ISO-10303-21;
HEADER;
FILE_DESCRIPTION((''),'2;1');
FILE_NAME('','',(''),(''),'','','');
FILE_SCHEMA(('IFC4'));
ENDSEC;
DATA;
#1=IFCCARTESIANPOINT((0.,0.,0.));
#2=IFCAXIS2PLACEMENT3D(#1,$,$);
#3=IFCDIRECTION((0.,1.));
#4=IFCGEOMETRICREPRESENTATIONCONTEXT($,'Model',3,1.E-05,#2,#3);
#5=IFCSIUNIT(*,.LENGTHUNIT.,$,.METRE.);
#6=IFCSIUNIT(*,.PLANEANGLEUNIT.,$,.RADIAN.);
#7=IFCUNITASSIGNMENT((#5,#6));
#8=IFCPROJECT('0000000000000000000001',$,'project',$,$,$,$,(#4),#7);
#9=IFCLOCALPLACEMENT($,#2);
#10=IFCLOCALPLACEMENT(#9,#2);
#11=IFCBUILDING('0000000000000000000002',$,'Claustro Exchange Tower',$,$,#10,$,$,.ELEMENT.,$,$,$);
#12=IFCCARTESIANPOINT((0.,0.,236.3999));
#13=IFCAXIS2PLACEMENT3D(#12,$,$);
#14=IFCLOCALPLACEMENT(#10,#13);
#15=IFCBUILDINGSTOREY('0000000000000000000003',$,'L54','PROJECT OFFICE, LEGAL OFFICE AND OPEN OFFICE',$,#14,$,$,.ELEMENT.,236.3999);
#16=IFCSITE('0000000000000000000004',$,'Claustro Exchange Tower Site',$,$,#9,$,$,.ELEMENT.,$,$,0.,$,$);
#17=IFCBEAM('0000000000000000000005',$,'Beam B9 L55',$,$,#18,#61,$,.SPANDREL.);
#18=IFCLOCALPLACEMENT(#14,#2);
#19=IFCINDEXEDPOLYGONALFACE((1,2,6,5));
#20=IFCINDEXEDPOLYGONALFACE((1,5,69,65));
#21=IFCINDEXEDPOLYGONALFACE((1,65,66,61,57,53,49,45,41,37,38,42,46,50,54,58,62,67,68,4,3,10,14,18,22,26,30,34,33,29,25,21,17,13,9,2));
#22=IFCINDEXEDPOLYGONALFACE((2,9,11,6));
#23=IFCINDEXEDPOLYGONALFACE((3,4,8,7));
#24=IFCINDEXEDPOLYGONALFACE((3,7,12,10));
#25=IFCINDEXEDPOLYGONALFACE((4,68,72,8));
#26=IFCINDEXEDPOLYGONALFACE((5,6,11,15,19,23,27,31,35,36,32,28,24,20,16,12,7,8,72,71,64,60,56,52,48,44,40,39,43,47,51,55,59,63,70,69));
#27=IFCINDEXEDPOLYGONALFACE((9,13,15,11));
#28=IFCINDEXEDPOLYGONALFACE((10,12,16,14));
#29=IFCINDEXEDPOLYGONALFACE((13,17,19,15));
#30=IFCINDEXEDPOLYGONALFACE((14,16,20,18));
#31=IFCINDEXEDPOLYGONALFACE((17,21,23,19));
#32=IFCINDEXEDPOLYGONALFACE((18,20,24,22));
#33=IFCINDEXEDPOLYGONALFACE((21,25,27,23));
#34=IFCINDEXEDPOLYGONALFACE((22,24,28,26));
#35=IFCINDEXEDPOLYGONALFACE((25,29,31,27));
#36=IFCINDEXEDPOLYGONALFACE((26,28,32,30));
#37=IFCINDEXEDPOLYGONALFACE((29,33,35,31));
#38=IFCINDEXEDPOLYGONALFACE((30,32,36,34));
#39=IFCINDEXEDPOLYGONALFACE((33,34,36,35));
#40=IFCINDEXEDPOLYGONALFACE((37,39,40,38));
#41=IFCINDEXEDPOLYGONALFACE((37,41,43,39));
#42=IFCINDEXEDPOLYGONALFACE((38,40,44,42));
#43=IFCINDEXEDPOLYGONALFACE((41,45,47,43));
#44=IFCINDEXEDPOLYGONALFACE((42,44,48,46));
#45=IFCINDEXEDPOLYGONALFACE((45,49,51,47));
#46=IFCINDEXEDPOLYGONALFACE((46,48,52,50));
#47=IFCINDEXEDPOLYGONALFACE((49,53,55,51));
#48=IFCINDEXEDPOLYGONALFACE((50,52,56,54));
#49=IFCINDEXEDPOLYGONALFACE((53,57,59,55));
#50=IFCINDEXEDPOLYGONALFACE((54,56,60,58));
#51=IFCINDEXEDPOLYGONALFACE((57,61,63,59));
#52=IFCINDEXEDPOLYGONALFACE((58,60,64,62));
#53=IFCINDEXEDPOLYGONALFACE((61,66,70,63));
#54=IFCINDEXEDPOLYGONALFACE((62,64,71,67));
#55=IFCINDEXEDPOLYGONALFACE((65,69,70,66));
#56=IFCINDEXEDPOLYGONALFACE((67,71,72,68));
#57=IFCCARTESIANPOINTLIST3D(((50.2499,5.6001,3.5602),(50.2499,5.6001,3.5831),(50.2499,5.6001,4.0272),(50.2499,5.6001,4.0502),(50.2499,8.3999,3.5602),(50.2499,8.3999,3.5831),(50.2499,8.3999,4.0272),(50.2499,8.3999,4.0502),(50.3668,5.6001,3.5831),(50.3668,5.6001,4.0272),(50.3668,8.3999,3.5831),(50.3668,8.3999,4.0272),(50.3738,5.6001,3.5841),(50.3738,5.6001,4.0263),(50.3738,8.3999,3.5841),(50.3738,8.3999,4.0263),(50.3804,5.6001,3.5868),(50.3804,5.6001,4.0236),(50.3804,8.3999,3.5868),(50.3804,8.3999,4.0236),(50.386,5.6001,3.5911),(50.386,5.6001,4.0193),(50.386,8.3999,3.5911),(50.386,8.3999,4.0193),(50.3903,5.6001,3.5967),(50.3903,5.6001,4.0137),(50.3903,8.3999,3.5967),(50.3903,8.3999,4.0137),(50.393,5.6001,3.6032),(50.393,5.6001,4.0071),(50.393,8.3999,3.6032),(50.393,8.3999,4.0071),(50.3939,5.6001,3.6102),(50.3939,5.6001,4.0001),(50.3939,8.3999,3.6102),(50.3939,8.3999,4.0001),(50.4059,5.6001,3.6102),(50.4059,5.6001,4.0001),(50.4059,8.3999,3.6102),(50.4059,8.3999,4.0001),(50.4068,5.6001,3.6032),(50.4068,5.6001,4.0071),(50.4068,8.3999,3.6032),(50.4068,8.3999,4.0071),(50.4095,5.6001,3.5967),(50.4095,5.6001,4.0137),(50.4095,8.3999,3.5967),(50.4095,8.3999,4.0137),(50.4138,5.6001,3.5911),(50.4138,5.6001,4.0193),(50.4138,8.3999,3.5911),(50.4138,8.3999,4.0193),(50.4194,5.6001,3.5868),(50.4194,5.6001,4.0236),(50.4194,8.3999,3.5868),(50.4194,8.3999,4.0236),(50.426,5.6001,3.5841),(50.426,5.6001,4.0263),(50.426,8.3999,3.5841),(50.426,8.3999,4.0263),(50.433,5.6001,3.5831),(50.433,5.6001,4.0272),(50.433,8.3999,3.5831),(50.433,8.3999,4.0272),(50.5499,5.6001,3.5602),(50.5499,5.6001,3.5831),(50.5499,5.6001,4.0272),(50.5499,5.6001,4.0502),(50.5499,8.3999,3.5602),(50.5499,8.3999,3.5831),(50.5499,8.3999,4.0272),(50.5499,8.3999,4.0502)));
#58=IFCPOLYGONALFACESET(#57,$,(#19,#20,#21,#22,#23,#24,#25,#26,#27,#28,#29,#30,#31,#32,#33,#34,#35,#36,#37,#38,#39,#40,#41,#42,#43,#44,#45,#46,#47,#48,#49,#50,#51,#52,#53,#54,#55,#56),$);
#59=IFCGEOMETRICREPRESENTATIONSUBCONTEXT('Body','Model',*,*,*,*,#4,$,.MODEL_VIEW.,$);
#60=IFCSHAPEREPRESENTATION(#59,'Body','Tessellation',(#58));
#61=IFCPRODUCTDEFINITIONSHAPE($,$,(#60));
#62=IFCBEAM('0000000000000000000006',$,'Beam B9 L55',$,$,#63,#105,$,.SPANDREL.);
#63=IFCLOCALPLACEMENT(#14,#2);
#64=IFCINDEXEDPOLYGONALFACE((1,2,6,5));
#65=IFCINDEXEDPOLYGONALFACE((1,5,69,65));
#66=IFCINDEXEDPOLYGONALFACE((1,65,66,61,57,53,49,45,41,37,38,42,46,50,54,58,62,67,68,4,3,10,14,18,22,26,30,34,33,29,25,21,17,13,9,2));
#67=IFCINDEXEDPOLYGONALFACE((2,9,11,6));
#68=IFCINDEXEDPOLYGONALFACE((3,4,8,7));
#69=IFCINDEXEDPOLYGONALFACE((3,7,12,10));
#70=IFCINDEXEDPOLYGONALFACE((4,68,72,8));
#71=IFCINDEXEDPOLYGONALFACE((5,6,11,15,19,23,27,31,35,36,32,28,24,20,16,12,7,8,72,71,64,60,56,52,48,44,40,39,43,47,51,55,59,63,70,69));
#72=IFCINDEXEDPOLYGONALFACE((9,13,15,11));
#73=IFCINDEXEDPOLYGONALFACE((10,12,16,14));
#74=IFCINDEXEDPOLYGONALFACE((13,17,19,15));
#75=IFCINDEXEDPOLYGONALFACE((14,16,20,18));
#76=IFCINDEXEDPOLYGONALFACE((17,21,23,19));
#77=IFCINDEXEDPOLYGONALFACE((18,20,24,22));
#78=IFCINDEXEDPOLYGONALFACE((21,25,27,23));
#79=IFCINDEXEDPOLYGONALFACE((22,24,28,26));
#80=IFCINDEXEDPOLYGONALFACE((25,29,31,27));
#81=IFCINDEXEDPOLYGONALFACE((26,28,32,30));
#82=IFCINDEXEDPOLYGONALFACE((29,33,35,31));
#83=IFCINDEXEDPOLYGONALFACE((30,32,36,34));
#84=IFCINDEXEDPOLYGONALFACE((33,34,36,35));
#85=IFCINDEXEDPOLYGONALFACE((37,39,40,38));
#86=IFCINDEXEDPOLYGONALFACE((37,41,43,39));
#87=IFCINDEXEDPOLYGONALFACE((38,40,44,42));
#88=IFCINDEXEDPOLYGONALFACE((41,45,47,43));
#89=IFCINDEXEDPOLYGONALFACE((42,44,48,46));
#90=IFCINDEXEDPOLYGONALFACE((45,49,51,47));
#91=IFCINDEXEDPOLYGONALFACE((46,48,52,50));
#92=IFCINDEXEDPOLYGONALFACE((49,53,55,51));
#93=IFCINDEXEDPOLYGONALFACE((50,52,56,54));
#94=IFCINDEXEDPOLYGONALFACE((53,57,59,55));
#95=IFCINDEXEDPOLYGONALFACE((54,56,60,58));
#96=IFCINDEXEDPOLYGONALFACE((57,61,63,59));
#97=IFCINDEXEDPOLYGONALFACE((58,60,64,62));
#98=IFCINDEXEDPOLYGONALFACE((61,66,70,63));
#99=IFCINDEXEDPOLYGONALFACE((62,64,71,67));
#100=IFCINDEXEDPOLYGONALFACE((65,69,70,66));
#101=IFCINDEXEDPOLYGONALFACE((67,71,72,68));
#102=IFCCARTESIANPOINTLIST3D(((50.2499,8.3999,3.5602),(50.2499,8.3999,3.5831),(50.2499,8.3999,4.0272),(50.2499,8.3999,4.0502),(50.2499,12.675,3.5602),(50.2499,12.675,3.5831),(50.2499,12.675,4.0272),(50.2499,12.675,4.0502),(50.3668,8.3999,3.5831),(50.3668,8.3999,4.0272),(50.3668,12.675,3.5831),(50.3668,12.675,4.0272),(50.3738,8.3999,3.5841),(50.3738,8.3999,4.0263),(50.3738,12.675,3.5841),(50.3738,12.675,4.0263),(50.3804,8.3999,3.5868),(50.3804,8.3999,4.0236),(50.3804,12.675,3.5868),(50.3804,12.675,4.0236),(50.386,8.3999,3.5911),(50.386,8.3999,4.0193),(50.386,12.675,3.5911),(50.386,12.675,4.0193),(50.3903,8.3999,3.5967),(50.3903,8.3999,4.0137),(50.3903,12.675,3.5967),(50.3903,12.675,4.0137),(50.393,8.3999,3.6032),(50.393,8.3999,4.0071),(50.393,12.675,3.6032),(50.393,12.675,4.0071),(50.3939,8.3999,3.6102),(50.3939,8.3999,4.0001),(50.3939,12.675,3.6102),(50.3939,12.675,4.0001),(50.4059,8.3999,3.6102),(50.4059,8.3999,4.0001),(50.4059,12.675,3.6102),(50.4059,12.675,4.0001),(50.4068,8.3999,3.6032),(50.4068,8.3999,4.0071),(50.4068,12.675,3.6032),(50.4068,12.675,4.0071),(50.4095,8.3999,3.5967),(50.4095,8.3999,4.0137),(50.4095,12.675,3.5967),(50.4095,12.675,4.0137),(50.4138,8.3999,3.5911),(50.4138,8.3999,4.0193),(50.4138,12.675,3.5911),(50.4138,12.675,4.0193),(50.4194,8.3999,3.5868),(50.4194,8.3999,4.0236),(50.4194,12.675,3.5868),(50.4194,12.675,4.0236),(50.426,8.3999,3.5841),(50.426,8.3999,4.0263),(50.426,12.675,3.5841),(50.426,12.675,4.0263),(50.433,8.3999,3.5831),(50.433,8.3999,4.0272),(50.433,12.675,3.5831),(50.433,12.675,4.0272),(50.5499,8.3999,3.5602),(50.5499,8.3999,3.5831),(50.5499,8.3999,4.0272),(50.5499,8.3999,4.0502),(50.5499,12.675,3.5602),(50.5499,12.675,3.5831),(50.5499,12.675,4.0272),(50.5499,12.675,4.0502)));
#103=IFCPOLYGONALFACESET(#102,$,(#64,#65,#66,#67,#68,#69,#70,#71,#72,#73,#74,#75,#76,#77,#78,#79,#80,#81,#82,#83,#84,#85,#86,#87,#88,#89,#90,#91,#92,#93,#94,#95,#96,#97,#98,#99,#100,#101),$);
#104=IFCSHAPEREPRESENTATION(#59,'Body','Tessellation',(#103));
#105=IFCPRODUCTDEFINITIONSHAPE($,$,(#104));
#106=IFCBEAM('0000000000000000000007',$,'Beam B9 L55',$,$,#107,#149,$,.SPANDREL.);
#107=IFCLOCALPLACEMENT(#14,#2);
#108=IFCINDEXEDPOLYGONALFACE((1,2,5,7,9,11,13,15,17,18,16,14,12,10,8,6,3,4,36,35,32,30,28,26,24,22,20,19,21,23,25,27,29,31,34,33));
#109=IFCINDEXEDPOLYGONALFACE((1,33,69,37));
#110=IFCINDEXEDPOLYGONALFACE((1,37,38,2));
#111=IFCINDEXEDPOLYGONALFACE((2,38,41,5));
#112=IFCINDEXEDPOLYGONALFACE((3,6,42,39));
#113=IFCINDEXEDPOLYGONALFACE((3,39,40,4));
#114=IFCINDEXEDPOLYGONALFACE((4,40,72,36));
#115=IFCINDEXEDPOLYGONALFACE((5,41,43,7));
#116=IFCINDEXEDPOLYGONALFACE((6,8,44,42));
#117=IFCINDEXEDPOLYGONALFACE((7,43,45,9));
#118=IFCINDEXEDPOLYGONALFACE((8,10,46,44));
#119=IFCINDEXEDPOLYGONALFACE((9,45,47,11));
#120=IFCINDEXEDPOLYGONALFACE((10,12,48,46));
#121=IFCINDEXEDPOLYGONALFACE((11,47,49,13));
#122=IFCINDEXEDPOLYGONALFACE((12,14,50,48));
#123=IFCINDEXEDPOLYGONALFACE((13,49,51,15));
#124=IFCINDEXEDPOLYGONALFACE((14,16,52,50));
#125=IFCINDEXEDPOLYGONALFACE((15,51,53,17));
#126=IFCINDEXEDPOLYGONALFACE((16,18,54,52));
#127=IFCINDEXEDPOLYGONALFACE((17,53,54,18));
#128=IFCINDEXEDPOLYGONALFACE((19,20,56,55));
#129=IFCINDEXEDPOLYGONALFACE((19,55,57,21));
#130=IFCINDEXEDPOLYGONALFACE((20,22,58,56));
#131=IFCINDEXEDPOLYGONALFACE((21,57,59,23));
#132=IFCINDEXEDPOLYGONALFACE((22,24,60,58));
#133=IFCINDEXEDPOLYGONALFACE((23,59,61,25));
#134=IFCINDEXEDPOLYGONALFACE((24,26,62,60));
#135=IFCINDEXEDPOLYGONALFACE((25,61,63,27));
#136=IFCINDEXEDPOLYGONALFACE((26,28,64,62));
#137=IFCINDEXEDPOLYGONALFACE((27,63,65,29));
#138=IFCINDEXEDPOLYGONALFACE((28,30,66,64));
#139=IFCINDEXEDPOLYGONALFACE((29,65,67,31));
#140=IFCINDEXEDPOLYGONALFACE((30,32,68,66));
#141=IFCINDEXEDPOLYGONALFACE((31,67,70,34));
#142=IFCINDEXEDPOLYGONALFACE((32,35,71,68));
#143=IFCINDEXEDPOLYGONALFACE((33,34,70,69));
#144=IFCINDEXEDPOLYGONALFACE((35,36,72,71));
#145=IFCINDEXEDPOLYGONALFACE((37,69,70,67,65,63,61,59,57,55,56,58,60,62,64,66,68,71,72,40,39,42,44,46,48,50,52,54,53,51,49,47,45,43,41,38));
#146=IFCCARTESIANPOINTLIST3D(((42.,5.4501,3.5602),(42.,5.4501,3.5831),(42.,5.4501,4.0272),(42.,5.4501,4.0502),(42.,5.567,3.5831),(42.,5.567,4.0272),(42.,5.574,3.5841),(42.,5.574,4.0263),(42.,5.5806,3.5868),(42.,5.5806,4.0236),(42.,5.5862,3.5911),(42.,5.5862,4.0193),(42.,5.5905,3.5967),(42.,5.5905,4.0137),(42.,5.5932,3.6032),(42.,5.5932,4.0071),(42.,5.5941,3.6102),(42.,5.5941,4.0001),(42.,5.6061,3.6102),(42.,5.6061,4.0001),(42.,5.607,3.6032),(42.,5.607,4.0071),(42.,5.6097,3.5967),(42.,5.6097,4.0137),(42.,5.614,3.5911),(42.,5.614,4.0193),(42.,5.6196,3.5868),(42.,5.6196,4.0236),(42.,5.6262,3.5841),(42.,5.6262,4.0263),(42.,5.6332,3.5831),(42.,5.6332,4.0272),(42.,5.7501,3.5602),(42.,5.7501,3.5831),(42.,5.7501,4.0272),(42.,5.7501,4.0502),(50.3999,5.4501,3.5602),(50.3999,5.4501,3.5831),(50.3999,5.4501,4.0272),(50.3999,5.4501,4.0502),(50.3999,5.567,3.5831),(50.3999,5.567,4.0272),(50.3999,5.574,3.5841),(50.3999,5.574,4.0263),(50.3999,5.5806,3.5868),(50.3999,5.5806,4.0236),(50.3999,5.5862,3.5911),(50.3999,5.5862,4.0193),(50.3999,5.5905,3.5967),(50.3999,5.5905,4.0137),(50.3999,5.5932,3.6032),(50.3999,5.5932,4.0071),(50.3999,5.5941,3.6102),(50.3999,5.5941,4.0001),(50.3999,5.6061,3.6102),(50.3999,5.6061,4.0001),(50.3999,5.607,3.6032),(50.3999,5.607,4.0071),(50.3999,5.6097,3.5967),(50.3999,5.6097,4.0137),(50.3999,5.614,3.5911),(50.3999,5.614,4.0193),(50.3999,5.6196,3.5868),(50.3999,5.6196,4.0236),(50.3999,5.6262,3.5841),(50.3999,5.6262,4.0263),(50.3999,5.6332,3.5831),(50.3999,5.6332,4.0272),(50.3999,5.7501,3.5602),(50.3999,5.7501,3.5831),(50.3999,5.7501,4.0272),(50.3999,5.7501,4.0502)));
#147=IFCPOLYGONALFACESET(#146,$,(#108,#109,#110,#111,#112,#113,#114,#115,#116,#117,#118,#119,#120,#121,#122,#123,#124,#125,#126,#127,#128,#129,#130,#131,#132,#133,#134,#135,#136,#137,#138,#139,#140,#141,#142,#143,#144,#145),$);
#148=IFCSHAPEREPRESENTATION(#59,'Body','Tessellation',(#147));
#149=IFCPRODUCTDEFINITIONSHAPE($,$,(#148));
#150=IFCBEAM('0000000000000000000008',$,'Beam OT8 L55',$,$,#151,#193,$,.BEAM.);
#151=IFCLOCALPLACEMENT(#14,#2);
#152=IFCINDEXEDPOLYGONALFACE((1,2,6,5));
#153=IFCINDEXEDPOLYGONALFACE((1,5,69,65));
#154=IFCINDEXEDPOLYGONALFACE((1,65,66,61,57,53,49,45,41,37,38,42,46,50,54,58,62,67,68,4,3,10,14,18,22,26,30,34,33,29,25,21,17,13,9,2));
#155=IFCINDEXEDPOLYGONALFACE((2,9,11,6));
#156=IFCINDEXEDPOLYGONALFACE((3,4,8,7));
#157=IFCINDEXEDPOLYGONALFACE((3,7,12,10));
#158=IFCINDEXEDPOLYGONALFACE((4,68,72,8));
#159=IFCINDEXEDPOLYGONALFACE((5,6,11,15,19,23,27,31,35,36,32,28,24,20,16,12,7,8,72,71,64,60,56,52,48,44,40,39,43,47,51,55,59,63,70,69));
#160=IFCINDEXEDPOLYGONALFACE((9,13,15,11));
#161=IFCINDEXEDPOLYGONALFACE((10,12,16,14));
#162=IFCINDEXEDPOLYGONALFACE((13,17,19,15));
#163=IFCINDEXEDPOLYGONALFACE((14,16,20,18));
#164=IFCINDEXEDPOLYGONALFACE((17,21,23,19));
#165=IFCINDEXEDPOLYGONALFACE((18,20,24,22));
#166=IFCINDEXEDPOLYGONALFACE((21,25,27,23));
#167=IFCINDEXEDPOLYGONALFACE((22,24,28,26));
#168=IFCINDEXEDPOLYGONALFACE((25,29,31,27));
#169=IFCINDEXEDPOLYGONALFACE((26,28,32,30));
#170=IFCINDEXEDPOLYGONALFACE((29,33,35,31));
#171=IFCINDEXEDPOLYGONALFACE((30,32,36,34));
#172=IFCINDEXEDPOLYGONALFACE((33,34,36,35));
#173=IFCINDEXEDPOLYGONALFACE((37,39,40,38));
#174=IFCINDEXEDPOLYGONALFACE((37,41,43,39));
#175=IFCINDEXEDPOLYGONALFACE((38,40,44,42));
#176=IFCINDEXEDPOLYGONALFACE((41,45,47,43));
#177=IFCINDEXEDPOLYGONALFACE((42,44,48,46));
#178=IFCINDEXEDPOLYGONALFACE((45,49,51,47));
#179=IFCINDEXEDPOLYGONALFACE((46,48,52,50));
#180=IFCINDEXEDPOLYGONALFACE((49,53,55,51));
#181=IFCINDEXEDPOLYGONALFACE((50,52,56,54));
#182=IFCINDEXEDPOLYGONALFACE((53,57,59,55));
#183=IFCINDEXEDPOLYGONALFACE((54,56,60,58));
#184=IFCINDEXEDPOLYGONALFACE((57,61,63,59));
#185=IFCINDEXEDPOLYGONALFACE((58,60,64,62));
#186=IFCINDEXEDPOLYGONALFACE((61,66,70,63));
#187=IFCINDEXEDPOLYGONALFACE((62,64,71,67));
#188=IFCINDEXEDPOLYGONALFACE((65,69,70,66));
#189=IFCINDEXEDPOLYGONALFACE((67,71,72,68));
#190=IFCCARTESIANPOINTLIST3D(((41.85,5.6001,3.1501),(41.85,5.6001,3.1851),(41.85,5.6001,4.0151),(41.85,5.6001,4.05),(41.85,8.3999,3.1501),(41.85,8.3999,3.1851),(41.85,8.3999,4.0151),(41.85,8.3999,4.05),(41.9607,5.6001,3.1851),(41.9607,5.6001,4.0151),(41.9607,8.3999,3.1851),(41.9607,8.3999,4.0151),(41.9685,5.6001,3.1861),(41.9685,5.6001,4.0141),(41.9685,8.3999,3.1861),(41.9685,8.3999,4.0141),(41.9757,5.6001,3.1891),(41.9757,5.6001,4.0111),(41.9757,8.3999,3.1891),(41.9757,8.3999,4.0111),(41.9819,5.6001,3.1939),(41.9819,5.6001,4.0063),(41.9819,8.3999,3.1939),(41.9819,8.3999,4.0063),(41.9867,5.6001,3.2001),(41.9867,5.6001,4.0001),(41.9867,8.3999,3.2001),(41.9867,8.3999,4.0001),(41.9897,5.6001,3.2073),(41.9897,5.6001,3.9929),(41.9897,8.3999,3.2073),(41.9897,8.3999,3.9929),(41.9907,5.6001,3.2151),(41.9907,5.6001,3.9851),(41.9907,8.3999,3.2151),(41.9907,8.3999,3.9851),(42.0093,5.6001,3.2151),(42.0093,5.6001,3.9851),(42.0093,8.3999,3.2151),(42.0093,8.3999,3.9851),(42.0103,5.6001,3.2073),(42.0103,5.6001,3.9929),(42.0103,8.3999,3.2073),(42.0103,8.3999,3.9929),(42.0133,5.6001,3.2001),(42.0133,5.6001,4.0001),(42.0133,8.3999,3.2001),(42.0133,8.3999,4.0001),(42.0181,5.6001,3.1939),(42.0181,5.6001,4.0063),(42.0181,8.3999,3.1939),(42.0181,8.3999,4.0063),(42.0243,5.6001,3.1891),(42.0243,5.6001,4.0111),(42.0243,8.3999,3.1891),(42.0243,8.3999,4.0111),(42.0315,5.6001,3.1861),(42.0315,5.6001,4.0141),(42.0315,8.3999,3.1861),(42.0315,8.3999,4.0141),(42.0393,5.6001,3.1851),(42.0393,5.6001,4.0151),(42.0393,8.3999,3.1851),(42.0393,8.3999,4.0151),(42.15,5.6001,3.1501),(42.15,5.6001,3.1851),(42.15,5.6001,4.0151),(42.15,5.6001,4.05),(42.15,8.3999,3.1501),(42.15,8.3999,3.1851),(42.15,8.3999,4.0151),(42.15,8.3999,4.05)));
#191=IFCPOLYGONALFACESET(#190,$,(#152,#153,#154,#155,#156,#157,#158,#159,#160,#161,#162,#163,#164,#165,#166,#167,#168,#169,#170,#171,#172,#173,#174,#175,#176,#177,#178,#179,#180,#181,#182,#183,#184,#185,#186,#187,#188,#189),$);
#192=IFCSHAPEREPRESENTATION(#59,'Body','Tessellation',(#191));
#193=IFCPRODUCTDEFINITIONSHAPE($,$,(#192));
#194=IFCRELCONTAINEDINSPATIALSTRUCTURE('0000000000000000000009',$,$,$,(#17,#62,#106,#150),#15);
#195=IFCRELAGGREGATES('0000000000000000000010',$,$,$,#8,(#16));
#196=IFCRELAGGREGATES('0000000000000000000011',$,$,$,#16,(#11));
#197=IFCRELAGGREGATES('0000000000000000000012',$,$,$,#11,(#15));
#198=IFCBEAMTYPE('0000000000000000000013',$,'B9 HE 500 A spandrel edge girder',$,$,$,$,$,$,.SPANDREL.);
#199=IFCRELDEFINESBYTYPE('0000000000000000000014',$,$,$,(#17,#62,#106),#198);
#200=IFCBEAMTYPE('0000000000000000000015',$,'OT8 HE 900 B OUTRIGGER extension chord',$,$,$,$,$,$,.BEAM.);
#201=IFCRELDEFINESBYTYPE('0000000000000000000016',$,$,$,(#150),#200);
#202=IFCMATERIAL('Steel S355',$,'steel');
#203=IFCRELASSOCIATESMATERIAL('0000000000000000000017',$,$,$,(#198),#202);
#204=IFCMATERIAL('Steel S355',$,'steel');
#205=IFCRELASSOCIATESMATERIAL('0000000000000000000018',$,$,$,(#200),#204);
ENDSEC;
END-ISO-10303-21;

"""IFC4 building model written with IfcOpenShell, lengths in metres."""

from ifc_helpers import new_model, si_unit, direction, frame, origin, origin_2d, place, context, subcontext, project, spatial, i_section, extrude, material, material_profile, profile_set, type_object, element, save


model = new_model("IFC4")

# Units and contexts
model_context = context("Model", 3, precision=1e-05, world=origin(), true_north=direction((0.0, 1.0)))
body_context = subcontext(model_context, "Body", "Model", "MODEL_VIEW")
ifc_project = project(units=[si_unit("LENGTHUNIT", "METRE"), si_unit("PLANEANGLEUNIT", "RADIAN")], contexts=[model_context])

# Site, building, storey
site_placement = place(None, origin())
site = spatial("IfcSite", under=ifc_project, at=site_placement, Name="Claustro Exchange Tower Site", CompositionType="ELEMENT", RefElevation=0.0)
building_placement = place(site_placement, origin())
building = spatial("IfcBuilding", under=site, at=building_placement, Name="Claustro Exchange Tower", CompositionType="ELEMENT")
storey_placement = place(building_placement, frame((0.0, 0.0, 236.3999)))
storey = spatial("IfcBuildingStorey", under=building, at=storey_placement, Name="L54", Description="PROJECT OFFICE, LEGAL OFFICE AND OPEN OFFICE", CompositionType="ELEMENT", Elevation=236.3999)

# Beams
ifc_material_1 = material(Name="Steel S355", Category="steel")
ifc_material_profile_1 = material_profile(ifc_material_1, i_section(OverallWidth=0.3, OverallDepth=0.49, WebThickness=0.012, FlangeThickness=0.0229, FilletRadius=0.0271, at=origin_2d()), Name="HE 500 A")
ifc_profile_set_1 = profile_set([ifc_material_profile_1], Name="Steel S355")
beam_type_1 = type_object("IfcBeamType", Name="B9 HE 500 A spandrel edge girder", PredefinedType="SPANDREL", material=ifc_profile_set_1)
beam_1_placement = place(storey_placement, frame((50.3999, 5.6001, 3.8052), z_axis=(0.0, 1.0, 0.0), x_axis=(-1.0, 0.0, 0.0)))
element("IfcBeam", 1, at=beam_1_placement, inside=storey, type_object=beam_type_1, Name="Beam B9 L55", PredefinedType="SPANDREL", context=body_context, shape_type="SweptSolid", body=[
    extrude(i_section(OverallWidth=0.3, OverallDepth=0.49, WebThickness=0.012, FlangeThickness=0.0229, FilletRadius=0.0271, at=origin_2d()), origin(), (0.0, 0.0, 1.0), 2.7998),
])
beam_2_placement = place(storey_placement, frame((50.3999, 8.3999, 3.8052), z_axis=(0.0, 1.0, 0.0), x_axis=(-1.0, 0.0, 0.0)))
element("IfcBeam", 2, at=beam_2_placement, inside=storey, type_object=beam_type_1, Name="Beam B9 L55", PredefinedType="SPANDREL", context=body_context, shape_type="SweptSolid", body=[
    extrude(i_section(OverallWidth=0.3, OverallDepth=0.49, WebThickness=0.012, FlangeThickness=0.0229, FilletRadius=0.0271, at=origin_2d()), origin(), (0.0, 0.0, 1.0), 4.2751),
])
beam_3_placement = place(storey_placement, frame((42.0, 5.6001, 3.8052), z_axis=(1.0, 0.0, 0.0), x_axis=(0.0, 1.0, 0.0)))
element("IfcBeam", 3, at=beam_3_placement, inside=storey, type_object=beam_type_1, Name="Beam B9 L55", PredefinedType="SPANDREL", context=body_context, shape_type="SweptSolid", body=[
    extrude(i_section(OverallWidth=0.3, OverallDepth=0.49, WebThickness=0.012, FlangeThickness=0.0229, FilletRadius=0.0271, at=origin_2d()), origin(), (0.0, 0.0, 1.0), 8.3999),
])
ifc_material_2 = material(Name="Steel S355", Category="steel")
ifc_material_profile_2 = material_profile(ifc_material_2, i_section(OverallWidth=0.3, OverallDepth=0.8999, WebThickness=0.0186, FlangeThickness=0.0349, FilletRadius=0.03, at=origin_2d()), Name="HE 900 B")
ifc_profile_set_2 = profile_set([ifc_material_profile_2], Name="Steel S355")
beam_type_2 = type_object("IfcBeamType", Name="OT8 HE 900 B OUTRIGGER extension chord", PredefinedType="BEAM", material=ifc_profile_set_2)
beam_4_placement = place(storey_placement, frame((42.0, 5.6001, 3.6001), z_axis=(0.0, 1.0, 0.0), x_axis=(-1.0, 0.0, 0.0)))
element("IfcBeam", 4, at=beam_4_placement, inside=storey, type_object=beam_type_2, Name="Beam OT8 L55", PredefinedType="BEAM", context=body_context, shape_type="SweptSolid", body=[
    extrude(i_section(OverallWidth=0.3, OverallDepth=0.8999, WebThickness=0.0186, FlangeThickness=0.0349, FilletRadius=0.03, at=origin_2d()), origin(), (0.0, 0.0, 1.0), 2.7998),
])

save(model, "model.ifc")
